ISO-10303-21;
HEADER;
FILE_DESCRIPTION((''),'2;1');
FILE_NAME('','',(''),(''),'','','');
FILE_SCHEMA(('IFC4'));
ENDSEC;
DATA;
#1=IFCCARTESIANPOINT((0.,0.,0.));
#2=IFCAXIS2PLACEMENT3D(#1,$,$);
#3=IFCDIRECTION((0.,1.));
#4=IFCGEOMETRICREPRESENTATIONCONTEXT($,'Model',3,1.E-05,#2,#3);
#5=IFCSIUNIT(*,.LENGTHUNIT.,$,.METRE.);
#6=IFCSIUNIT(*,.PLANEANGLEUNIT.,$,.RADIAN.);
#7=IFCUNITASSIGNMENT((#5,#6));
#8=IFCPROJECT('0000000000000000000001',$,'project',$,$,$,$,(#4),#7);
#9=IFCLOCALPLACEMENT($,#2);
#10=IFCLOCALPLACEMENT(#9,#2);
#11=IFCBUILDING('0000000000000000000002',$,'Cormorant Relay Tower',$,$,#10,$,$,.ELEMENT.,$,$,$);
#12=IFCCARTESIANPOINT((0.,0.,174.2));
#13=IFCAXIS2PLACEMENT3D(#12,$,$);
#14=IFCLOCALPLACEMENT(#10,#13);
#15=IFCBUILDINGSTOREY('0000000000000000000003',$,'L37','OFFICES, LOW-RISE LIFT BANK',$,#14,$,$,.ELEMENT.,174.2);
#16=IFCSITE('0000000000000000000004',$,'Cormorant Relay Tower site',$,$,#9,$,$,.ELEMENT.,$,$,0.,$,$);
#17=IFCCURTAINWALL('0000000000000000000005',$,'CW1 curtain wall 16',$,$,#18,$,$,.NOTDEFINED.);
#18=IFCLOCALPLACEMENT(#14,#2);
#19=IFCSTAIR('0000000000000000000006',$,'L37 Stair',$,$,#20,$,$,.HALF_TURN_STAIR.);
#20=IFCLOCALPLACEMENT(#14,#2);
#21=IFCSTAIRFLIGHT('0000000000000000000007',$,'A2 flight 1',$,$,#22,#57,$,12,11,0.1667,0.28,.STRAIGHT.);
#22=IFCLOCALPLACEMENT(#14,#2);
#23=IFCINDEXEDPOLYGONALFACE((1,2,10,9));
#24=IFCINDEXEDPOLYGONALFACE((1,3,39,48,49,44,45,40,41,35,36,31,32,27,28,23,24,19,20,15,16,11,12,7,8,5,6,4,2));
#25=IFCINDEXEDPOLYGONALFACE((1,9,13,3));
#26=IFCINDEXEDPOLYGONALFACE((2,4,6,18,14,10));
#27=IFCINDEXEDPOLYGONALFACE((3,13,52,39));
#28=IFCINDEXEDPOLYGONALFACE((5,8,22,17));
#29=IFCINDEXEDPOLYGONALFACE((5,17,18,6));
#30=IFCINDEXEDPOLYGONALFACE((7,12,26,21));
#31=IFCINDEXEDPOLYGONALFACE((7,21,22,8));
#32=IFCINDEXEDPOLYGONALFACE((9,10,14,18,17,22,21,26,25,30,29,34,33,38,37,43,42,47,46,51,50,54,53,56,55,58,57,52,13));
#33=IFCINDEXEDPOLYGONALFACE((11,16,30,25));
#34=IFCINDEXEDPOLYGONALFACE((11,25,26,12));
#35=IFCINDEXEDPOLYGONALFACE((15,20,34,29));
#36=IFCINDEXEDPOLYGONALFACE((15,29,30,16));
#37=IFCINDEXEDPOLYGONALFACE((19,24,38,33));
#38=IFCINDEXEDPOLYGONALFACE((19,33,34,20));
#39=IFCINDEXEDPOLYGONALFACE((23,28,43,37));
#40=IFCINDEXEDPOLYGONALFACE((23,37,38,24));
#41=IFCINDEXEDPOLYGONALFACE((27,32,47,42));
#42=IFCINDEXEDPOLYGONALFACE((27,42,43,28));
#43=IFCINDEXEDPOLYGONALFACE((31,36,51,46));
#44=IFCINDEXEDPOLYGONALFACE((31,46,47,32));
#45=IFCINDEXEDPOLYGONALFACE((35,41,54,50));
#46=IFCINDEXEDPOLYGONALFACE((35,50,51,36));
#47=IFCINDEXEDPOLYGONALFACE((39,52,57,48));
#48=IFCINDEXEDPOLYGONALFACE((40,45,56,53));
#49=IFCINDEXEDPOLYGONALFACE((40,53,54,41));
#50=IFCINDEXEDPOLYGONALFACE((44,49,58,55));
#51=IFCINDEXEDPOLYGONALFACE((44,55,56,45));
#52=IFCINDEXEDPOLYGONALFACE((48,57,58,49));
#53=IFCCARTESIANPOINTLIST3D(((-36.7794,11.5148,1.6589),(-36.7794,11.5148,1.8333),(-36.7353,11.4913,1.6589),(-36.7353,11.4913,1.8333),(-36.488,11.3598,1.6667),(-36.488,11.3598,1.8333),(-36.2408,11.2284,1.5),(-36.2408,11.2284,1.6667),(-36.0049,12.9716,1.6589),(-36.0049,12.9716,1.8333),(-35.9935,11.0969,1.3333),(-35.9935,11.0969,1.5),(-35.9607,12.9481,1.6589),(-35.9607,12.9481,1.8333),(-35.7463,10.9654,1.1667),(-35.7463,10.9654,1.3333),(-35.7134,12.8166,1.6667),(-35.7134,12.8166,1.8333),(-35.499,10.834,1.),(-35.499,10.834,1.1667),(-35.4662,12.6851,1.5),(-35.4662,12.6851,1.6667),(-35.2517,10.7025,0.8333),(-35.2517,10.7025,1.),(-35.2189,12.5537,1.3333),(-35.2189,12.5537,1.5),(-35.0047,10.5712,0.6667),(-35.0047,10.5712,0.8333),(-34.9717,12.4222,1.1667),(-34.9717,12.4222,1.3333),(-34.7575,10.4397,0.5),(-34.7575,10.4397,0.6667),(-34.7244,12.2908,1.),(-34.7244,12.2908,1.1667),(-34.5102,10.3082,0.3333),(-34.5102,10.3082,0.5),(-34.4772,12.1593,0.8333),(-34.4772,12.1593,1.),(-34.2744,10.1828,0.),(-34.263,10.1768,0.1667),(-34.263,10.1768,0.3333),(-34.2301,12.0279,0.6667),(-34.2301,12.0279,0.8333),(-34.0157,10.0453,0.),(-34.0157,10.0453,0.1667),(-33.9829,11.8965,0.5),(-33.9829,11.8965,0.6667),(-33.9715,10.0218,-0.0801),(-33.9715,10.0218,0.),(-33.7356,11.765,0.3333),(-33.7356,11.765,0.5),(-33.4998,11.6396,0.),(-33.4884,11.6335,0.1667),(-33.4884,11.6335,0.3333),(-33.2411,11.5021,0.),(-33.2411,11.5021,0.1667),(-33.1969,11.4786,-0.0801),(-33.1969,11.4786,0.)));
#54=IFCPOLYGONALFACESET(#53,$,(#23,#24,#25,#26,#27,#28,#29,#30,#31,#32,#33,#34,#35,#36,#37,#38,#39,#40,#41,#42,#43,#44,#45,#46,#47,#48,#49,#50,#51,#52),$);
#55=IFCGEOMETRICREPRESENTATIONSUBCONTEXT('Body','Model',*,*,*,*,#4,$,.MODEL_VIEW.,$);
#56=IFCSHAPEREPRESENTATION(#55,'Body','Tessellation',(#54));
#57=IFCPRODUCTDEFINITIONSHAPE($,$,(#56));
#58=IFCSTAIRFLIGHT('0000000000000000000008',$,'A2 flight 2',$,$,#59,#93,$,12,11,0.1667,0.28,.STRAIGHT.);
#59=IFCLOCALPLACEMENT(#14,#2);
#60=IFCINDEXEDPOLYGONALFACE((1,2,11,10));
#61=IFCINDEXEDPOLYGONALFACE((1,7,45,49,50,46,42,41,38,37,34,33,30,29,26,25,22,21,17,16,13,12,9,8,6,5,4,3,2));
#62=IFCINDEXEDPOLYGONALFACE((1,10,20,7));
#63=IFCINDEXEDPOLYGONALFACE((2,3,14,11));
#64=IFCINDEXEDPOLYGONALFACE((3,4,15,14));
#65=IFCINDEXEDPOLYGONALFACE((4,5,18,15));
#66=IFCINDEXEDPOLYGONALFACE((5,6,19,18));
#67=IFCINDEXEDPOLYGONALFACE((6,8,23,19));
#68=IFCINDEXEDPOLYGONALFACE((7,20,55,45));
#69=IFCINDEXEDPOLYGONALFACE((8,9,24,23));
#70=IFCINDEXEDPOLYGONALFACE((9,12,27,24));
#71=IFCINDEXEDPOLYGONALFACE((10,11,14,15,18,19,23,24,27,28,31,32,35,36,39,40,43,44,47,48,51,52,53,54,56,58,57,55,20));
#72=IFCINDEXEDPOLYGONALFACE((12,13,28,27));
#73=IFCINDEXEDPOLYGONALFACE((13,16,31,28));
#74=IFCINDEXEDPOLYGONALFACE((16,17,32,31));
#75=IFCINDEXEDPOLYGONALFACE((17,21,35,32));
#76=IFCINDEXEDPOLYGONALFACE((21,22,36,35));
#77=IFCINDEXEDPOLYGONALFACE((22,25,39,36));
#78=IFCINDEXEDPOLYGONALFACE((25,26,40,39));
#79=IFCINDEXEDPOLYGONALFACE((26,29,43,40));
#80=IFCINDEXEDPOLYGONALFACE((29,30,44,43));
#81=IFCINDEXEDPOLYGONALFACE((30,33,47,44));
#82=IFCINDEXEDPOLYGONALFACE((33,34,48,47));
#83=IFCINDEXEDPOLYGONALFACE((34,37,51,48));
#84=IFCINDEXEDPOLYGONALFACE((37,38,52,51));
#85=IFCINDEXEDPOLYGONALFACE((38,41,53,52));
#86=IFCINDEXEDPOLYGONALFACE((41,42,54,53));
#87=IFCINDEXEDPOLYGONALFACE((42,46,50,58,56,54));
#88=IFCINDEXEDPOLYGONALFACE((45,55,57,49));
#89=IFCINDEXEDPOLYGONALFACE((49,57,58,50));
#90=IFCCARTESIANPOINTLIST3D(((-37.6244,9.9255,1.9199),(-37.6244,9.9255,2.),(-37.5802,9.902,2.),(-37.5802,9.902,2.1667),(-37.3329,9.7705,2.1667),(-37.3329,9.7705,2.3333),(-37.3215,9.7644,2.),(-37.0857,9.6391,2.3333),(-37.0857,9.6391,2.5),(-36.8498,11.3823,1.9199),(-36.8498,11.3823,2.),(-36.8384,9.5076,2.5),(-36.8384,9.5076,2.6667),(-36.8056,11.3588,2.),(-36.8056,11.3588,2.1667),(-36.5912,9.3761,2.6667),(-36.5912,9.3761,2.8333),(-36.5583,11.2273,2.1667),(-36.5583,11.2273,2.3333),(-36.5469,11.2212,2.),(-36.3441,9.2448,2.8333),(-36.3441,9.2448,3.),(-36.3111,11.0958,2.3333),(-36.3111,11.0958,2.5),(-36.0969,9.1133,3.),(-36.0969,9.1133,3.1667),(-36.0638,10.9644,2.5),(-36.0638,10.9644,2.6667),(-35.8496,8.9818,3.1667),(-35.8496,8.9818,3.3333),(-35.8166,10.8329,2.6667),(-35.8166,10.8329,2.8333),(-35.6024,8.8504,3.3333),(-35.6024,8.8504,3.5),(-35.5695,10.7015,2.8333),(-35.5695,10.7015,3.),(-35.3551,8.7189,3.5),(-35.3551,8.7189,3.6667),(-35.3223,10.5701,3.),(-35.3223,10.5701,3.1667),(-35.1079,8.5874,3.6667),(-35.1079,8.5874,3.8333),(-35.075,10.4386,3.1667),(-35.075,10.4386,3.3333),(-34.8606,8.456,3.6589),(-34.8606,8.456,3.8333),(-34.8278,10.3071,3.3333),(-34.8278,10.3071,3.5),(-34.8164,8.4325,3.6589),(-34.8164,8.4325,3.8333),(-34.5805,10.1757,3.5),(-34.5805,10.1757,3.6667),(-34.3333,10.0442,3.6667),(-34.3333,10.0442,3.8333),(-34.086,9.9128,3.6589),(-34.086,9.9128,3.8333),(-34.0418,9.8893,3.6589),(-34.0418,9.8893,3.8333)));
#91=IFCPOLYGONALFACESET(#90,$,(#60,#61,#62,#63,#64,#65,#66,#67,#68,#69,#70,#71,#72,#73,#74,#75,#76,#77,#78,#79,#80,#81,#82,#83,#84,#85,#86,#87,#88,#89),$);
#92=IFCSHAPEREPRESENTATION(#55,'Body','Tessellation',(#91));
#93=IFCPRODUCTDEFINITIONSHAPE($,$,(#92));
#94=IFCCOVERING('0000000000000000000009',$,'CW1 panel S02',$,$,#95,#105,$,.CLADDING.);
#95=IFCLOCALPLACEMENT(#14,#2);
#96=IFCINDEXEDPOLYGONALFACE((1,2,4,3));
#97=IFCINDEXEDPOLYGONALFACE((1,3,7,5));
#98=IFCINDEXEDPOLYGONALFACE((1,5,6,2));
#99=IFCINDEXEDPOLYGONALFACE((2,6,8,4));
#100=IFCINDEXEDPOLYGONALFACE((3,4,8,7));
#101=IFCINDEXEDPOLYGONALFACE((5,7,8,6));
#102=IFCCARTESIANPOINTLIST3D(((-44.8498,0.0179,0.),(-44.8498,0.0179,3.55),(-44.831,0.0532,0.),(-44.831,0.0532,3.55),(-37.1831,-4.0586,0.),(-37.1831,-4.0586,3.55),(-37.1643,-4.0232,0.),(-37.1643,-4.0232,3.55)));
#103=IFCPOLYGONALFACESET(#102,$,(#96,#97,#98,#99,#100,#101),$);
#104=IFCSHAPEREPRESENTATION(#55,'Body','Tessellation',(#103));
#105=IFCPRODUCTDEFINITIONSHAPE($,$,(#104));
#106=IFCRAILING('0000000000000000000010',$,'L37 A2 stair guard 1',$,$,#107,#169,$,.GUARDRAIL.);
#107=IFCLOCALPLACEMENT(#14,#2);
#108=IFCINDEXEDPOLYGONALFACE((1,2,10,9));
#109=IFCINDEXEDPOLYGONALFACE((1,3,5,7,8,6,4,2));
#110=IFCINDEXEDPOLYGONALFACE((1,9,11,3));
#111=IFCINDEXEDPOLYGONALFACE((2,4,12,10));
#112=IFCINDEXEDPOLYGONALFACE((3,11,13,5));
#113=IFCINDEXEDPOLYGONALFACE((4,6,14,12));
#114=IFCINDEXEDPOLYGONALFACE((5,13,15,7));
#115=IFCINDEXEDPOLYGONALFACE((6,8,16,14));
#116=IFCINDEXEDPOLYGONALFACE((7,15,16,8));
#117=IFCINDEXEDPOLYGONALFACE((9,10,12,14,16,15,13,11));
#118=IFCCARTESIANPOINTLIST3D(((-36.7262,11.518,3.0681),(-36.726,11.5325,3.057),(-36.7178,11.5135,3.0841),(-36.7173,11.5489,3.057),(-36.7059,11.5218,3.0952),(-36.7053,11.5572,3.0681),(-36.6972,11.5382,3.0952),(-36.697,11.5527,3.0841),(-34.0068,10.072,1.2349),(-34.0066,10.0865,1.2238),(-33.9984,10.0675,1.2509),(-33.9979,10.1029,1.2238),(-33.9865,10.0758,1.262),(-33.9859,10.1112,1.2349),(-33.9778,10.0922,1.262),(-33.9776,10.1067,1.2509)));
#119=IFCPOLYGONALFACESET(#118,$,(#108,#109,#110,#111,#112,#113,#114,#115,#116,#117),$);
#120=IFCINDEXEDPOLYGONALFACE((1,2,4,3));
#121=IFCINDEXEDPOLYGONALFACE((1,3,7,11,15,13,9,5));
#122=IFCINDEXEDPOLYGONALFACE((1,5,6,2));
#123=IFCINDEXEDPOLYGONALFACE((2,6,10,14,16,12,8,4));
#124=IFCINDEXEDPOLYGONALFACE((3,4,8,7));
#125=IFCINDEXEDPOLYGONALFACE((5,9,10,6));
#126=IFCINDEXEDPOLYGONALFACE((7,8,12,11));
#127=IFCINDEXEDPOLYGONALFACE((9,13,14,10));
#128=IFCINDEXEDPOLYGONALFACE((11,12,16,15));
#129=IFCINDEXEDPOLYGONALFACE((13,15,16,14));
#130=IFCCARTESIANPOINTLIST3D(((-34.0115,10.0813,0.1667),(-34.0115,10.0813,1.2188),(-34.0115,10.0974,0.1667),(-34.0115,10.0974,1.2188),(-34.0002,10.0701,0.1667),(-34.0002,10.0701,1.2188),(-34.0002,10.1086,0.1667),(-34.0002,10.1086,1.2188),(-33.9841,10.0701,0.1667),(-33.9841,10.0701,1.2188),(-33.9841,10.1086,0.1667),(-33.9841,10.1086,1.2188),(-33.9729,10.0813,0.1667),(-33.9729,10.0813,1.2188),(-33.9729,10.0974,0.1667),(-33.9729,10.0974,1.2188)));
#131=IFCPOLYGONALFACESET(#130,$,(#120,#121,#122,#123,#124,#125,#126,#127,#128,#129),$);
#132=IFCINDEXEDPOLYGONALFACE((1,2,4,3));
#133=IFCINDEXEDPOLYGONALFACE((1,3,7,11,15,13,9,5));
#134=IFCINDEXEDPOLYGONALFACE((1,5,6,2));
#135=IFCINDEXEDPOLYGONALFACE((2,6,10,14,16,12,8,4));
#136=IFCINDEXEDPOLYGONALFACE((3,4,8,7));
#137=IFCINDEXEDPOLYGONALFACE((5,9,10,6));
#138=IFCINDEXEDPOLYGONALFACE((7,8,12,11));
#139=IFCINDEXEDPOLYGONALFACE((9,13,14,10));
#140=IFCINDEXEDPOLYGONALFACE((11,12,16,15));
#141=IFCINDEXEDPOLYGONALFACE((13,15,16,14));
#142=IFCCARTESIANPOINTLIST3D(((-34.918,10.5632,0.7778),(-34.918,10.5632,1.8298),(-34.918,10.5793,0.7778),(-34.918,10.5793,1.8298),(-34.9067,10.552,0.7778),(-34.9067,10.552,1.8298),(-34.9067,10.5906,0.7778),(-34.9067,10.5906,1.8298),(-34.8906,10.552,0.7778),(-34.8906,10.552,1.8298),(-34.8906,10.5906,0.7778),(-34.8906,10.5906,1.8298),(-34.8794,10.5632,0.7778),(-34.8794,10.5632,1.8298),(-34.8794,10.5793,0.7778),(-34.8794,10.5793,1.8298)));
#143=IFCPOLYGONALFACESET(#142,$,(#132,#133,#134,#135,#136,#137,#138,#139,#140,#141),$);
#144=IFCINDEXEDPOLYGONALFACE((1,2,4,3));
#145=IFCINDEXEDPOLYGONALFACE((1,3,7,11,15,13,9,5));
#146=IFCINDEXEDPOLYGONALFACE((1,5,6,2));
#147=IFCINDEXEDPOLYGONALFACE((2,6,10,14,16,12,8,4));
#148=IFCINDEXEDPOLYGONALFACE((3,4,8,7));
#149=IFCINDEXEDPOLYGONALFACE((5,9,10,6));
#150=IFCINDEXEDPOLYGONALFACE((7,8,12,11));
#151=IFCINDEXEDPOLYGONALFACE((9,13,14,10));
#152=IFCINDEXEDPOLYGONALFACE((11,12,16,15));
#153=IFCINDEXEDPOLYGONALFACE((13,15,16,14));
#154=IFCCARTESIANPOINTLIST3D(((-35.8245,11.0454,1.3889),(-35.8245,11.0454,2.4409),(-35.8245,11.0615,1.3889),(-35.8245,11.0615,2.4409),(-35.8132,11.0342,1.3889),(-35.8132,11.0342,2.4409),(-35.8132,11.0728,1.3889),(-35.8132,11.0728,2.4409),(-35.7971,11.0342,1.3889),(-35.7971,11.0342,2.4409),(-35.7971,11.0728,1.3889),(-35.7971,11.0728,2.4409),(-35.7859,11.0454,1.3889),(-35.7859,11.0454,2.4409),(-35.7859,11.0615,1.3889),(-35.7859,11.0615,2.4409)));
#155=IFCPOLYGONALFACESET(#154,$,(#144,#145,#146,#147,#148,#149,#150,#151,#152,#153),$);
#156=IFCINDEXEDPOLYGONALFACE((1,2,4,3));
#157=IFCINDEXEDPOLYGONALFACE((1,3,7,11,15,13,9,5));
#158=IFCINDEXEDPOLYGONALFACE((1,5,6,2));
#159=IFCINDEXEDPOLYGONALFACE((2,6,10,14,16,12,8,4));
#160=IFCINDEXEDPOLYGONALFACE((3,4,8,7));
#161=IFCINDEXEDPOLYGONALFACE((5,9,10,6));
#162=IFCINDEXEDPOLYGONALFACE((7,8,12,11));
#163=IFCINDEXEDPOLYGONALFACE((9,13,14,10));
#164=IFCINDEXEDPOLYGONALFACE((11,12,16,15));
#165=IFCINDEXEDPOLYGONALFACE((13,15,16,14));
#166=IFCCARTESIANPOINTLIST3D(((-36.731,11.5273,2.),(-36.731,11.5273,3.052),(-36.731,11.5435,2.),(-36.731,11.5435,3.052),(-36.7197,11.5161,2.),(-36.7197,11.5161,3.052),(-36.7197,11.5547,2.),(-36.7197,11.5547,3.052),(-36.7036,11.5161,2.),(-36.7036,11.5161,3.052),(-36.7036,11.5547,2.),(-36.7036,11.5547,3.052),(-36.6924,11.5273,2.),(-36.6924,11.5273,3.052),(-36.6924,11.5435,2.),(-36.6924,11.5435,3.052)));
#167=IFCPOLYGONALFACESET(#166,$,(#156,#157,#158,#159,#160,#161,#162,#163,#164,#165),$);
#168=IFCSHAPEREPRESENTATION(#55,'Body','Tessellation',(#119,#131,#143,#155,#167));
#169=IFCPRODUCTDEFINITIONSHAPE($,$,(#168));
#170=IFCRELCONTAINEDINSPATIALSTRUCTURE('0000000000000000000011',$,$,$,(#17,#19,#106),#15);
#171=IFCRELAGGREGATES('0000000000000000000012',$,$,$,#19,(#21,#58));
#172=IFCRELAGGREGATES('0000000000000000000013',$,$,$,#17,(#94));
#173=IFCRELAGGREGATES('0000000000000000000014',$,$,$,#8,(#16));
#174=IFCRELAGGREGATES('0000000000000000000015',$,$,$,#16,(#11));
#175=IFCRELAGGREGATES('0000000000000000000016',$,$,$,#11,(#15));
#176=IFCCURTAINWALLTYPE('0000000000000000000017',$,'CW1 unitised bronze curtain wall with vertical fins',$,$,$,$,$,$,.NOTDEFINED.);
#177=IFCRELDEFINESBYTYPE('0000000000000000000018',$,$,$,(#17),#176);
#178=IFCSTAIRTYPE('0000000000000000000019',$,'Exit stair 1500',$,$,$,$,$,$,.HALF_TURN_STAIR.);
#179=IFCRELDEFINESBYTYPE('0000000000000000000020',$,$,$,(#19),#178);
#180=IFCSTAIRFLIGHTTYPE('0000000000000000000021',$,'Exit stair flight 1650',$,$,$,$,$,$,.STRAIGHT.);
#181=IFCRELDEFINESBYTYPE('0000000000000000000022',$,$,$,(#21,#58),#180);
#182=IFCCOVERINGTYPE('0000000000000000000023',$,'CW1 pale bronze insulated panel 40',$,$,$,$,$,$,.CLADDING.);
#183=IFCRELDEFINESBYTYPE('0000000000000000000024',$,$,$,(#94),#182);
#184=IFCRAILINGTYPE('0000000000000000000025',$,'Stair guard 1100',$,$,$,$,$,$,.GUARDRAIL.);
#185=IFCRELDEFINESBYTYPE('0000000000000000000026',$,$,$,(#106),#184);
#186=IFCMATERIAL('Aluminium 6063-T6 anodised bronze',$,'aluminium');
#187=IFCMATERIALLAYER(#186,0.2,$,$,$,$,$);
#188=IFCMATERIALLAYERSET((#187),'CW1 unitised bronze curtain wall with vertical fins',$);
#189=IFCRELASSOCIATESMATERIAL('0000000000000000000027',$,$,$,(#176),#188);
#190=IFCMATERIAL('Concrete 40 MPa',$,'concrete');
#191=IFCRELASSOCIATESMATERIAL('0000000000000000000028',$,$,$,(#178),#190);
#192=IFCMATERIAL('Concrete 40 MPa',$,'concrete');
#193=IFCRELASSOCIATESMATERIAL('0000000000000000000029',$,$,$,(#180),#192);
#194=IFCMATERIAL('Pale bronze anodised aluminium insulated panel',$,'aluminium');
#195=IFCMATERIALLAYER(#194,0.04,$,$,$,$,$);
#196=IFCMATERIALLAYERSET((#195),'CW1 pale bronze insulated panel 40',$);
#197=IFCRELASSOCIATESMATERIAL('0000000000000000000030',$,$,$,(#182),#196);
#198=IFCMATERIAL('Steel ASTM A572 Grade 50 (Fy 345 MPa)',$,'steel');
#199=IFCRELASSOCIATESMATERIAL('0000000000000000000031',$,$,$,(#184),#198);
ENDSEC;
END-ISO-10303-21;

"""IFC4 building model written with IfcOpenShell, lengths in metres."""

from ifc_helpers import new_model, si_unit, direction, frame, origin, origin_2d, place, context, subcontext, project, spatial, polyline, rectangle, outline, extrude, material, layer, layer_set, type_object, element, aggregate, save


model = new_model("IFC4")

# Units and contexts
model_context = context("Model", 3, precision=1e-05, world=origin(), true_north=direction((0.0, 1.0)))
body_context = subcontext(model_context, "Body", "Model", "MODEL_VIEW")
ifc_project = project(units=[si_unit("LENGTHUNIT", "METRE"), si_unit("PLANEANGLEUNIT", "RADIAN")], contexts=[model_context])

# Site, building, storey
site_placement = place(None, origin())
site = spatial("IfcSite", under=ifc_project, at=site_placement, Name="Cormorant Relay Tower site", CompositionType="ELEMENT", RefElevation=0.0)
building_placement = place(site_placement, origin())
building = spatial("IfcBuilding", under=site, at=building_placement, Name="Cormorant Relay Tower", CompositionType="ELEMENT")
storey_placement = place(building_placement, frame((0.0, 0.0, 174.2)))
storey = spatial("IfcBuildingStorey", under=building, at=storey_placement, Name="L37", Description="OFFICES, LOW-RISE LIFT BANK", CompositionType="ELEMENT", Elevation=174.2)

# Curtain wall
ifc_material_1 = material(Name="Aluminium 6063-T6 anodised bronze", Category="aluminium")
ifc_layer_1 = layer(ifc_material_1, 0.2)
ifc_layer_set_1 = layer_set([ifc_layer_1], Name="CW1 unitised bronze curtain wall with vertical fins")
curtain_wall_type = type_object("IfcCurtainWallType", Name="CW1 unitised bronze curtain wall with vertical fins", PredefinedType="NOTDEFINED", material=ifc_layer_set_1)
curtain_wall_placement = place(storey_placement, origin())
curtain_wall = element("IfcCurtainWall", 1, at=curtain_wall_placement, inside=storey, type_object=curtain_wall_type, Name="CW1 curtain wall 16", PredefinedType="NOTDEFINED")

# Stair, stair flights
ifc_material_2 = material(Name="Concrete 40 MPa", Category="concrete")
stair_type = type_object("IfcStairType", Name="Exit stair 1500", PredefinedType="HALF_TURN_STAIR", material=ifc_material_2)
stair_placement = place(storey_placement, origin())
stair = element("IfcStair", 2, at=stair_placement, inside=storey, type_object=stair_type, Name="L37 Stair", PredefinedType="HALF_TURN_STAIR")
ifc_material_3 = material(Name="Concrete 40 MPa", Category="concrete")
stair_flight_type = type_object("IfcStairFlightType", Name="Exit stair flight 1650", PredefinedType="STRAIGHT", material=ifc_material_3)
stair_flight_1_placement = place(storey_placement, frame((-33.6284, 10.7737, 0.0), z_axis=(0.0, 0.0, 1.0), x_axis=(-0.882948, 0.469472, 0.0)))
stair_flight_1 = element("IfcStairFlight", 3, at=stair_flight_1_placement, type_object=stair_flight_type, Name="A2 flight 1", NumberOfRisers=12, NumberOfTreads=11, PredefinedType="STRAIGHT", RiserHeight=0.1667, TreadLength=0.28, context=body_context, shape_type="SweptSolid", body=[
    extrude(outline(polyline([(-0.05, -0.0801), (-0.05, 0.0), (0.0, 0.0), (0.0, 0.1667), (0.28, 0.1667), (0.28, 0.3333), (0.5601, 0.3333), (0.5601, 0.5), (0.8401, 0.5), (0.8401, 0.6667), (1.1201, 0.6667), (1.1201, 0.8333), (1.3999, 0.8333), (1.3999, 1.0), (1.6799, 1.0), (1.6799, 1.1667), (1.96, 1.1667), (1.96, 1.3333), (2.24, 1.3333), (2.24, 1.5), (2.52, 1.5), (2.52, 1.6667), (2.8, 1.6667), (2.8, 1.8333), (3.0801, 1.8333), (3.1301, 1.8333), (3.1301, 1.6589), (3.0801, 1.6589), (0.293, 0.0), (-0.05, -0.0801)])), frame((0.0, 0.825, 0.0), z_axis=(0.0, -1.0, 0.0), x_axis=(1.0, 0.0, 0.0)), (0.0, 0.0, 1.0), 1.6499),
])
stair_flight_2_placement = place(storey_placement, frame((-37.1929, 10.6304, 2.0), z_axis=(0.0, 0.0, 1.0), x_axis=(0.882948, -0.469472, 0.0)))
stair_flight_2 = element("IfcStairFlight", 4, at=stair_flight_2_placement, type_object=stair_flight_type, Name="A2 flight 2", NumberOfRisers=12, NumberOfTreads=11, PredefinedType="STRAIGHT", RiserHeight=0.1667, TreadLength=0.28, context=body_context, shape_type="SweptSolid", body=[
    extrude(outline(polyline([(-0.05, -0.0801), (-0.05, 0.0), (0.0, 0.0), (0.0, 0.1667), (0.28, 0.1667), (0.28, 0.3333), (0.5601, 0.3333), (0.5601, 0.5), (0.8401, 0.5), (0.8401, 0.6667), (1.1201, 0.6667), (1.1201, 0.8333), (1.3999, 0.8333), (1.3999, 1.0), (1.6799, 1.0), (1.6799, 1.1667), (1.96, 1.1667), (1.96, 1.3333), (2.24, 1.3333), (2.24, 1.5), (2.52, 1.5), (2.52, 1.6667), (2.8, 1.6667), (2.8, 1.8333), (3.0801, 1.8333), (3.1301, 1.8333), (3.1301, 1.6589), (3.0801, 1.6589), (0.293, 0.0), (-0.05, -0.0801)])), frame((0.0, 0.825, 0.0), z_axis=(0.0, -1.0, 0.0), x_axis=(1.0, 0.0, 0.0)), (0.0, 0.0, 1.0), 1.6499),
])
aggregate(stair, [stair_flight_1, stair_flight_2])

# Covering
ifc_material_4 = material(Name="Pale bronze anodised aluminium insulated panel", Category="aluminium")
ifc_layer_2 = layer(ifc_material_4, 0.04)
ifc_layer_set_2 = layer_set([ifc_layer_2], Name="CW1 pale bronze insulated panel 40")
covering_type = type_object("IfcCoveringType", Name="CW1 pale bronze insulated panel 40", PredefinedType="CLADDING", material=ifc_layer_set_2)
covering_placement = place(storey_placement, frame((-41.0071, -2.0027, 0.0), z_axis=(0.0, 0.0, 1.0), x_axis=(0.882948, -0.469472, 0.0)))
covering = element("IfcCovering", 5, at=covering_placement, type_object=covering_type, Name="CW1 panel S02", PredefinedType="CLADDING", context=body_context, shape_type="SweptSolid", body=[
    extrude(rectangle(XDim=8.6831, YDim=0.04, at=origin_2d()), origin(), (0.0, 0.0, 1.0), 3.55),
])
aggregate(curtain_wall, [covering])

# Railing
ifc_material_5 = material(Name="Steel ASTM A572 Grade 50 (Fy 345 MPa)", Category="steel")
railing_type_1 = type_object("IfcRailingType", Name="Stair guard 1100", PredefinedType="GUARDRAIL", material=ifc_material_5)
railing_1_placement = place(storey_placement, frame((-33.9922, 10.0894, 0.1667)))
element("IfcRailing", 6, at=railing_1_placement, inside=storey, type_object=railing_type_1, Name="L37 A2 stair guard 1", PredefinedType="GUARDRAIL", context=body_context, shape_type="SweptSolid", body=[
    extrude(outline(polyline([(0.0222, 0.0093), (0.0093, 0.0222), (-0.0093, 0.0222), (-0.0222, 0.0093), (-0.0222, -0.0093), (-0.0093, -0.0222), (0.0093, -0.0222), (0.0222, -0.0093), (0.0222, 0.0093)])), frame((0.0, 0.0, 1.0762), z_axis=(-0.758714, 0.403435, 0.511463), x_axis=(-0.469489, -0.882938, 0.0)), (0.0, 0.0, 1.0), 3.5842),
    extrude(outline(polyline([(0.0193, 0.0081), (0.0081, 0.0193), (-0.0081, 0.0193), (-0.0193, 0.0081), (-0.0193, -0.0081), (-0.0081, -0.0193), (0.0081, -0.0193), (0.0193, -0.0081), (0.0193, 0.0081)])), origin(), (0.0, 0.0, 1.0), 1.052),
    extrude(outline(polyline([(0.0193, 0.0081), (0.0081, 0.0193), (-0.0081, 0.0193), (-0.0193, 0.0081), (-0.0193, -0.0081), (-0.0081, -0.0193), (0.0081, -0.0193), (0.0193, -0.0081), (0.0193, 0.0081)])), frame((-0.9065, 0.4819, 0.6111)), (0.0, 0.0, 1.0), 1.052),
    extrude(outline(polyline([(0.0193, 0.0081), (0.0081, 0.0193), (-0.0081, 0.0193), (-0.0193, 0.0081), (-0.0193, -0.0081), (-0.0081, -0.0193), (0.0081, -0.0193), (0.0193, -0.0081), (0.0193, 0.0081)])), frame((-1.813, 0.9641, 1.2222)), (0.0, 0.0, 1.0), 1.052),
    extrude(outline(polyline([(0.0193, 0.0081), (0.0081, 0.0193), (-0.0081, 0.0193), (-0.0193, 0.0081), (-0.0193, -0.0081), (-0.0081, -0.0193), (0.0081, -0.0193), (0.0193, -0.0081), (0.0193, 0.0081)])), frame((-2.7195, 1.446, 1.8333)), (0.0, 0.0, 1.0), 1.052),
])

save(model, "model.ifc")
